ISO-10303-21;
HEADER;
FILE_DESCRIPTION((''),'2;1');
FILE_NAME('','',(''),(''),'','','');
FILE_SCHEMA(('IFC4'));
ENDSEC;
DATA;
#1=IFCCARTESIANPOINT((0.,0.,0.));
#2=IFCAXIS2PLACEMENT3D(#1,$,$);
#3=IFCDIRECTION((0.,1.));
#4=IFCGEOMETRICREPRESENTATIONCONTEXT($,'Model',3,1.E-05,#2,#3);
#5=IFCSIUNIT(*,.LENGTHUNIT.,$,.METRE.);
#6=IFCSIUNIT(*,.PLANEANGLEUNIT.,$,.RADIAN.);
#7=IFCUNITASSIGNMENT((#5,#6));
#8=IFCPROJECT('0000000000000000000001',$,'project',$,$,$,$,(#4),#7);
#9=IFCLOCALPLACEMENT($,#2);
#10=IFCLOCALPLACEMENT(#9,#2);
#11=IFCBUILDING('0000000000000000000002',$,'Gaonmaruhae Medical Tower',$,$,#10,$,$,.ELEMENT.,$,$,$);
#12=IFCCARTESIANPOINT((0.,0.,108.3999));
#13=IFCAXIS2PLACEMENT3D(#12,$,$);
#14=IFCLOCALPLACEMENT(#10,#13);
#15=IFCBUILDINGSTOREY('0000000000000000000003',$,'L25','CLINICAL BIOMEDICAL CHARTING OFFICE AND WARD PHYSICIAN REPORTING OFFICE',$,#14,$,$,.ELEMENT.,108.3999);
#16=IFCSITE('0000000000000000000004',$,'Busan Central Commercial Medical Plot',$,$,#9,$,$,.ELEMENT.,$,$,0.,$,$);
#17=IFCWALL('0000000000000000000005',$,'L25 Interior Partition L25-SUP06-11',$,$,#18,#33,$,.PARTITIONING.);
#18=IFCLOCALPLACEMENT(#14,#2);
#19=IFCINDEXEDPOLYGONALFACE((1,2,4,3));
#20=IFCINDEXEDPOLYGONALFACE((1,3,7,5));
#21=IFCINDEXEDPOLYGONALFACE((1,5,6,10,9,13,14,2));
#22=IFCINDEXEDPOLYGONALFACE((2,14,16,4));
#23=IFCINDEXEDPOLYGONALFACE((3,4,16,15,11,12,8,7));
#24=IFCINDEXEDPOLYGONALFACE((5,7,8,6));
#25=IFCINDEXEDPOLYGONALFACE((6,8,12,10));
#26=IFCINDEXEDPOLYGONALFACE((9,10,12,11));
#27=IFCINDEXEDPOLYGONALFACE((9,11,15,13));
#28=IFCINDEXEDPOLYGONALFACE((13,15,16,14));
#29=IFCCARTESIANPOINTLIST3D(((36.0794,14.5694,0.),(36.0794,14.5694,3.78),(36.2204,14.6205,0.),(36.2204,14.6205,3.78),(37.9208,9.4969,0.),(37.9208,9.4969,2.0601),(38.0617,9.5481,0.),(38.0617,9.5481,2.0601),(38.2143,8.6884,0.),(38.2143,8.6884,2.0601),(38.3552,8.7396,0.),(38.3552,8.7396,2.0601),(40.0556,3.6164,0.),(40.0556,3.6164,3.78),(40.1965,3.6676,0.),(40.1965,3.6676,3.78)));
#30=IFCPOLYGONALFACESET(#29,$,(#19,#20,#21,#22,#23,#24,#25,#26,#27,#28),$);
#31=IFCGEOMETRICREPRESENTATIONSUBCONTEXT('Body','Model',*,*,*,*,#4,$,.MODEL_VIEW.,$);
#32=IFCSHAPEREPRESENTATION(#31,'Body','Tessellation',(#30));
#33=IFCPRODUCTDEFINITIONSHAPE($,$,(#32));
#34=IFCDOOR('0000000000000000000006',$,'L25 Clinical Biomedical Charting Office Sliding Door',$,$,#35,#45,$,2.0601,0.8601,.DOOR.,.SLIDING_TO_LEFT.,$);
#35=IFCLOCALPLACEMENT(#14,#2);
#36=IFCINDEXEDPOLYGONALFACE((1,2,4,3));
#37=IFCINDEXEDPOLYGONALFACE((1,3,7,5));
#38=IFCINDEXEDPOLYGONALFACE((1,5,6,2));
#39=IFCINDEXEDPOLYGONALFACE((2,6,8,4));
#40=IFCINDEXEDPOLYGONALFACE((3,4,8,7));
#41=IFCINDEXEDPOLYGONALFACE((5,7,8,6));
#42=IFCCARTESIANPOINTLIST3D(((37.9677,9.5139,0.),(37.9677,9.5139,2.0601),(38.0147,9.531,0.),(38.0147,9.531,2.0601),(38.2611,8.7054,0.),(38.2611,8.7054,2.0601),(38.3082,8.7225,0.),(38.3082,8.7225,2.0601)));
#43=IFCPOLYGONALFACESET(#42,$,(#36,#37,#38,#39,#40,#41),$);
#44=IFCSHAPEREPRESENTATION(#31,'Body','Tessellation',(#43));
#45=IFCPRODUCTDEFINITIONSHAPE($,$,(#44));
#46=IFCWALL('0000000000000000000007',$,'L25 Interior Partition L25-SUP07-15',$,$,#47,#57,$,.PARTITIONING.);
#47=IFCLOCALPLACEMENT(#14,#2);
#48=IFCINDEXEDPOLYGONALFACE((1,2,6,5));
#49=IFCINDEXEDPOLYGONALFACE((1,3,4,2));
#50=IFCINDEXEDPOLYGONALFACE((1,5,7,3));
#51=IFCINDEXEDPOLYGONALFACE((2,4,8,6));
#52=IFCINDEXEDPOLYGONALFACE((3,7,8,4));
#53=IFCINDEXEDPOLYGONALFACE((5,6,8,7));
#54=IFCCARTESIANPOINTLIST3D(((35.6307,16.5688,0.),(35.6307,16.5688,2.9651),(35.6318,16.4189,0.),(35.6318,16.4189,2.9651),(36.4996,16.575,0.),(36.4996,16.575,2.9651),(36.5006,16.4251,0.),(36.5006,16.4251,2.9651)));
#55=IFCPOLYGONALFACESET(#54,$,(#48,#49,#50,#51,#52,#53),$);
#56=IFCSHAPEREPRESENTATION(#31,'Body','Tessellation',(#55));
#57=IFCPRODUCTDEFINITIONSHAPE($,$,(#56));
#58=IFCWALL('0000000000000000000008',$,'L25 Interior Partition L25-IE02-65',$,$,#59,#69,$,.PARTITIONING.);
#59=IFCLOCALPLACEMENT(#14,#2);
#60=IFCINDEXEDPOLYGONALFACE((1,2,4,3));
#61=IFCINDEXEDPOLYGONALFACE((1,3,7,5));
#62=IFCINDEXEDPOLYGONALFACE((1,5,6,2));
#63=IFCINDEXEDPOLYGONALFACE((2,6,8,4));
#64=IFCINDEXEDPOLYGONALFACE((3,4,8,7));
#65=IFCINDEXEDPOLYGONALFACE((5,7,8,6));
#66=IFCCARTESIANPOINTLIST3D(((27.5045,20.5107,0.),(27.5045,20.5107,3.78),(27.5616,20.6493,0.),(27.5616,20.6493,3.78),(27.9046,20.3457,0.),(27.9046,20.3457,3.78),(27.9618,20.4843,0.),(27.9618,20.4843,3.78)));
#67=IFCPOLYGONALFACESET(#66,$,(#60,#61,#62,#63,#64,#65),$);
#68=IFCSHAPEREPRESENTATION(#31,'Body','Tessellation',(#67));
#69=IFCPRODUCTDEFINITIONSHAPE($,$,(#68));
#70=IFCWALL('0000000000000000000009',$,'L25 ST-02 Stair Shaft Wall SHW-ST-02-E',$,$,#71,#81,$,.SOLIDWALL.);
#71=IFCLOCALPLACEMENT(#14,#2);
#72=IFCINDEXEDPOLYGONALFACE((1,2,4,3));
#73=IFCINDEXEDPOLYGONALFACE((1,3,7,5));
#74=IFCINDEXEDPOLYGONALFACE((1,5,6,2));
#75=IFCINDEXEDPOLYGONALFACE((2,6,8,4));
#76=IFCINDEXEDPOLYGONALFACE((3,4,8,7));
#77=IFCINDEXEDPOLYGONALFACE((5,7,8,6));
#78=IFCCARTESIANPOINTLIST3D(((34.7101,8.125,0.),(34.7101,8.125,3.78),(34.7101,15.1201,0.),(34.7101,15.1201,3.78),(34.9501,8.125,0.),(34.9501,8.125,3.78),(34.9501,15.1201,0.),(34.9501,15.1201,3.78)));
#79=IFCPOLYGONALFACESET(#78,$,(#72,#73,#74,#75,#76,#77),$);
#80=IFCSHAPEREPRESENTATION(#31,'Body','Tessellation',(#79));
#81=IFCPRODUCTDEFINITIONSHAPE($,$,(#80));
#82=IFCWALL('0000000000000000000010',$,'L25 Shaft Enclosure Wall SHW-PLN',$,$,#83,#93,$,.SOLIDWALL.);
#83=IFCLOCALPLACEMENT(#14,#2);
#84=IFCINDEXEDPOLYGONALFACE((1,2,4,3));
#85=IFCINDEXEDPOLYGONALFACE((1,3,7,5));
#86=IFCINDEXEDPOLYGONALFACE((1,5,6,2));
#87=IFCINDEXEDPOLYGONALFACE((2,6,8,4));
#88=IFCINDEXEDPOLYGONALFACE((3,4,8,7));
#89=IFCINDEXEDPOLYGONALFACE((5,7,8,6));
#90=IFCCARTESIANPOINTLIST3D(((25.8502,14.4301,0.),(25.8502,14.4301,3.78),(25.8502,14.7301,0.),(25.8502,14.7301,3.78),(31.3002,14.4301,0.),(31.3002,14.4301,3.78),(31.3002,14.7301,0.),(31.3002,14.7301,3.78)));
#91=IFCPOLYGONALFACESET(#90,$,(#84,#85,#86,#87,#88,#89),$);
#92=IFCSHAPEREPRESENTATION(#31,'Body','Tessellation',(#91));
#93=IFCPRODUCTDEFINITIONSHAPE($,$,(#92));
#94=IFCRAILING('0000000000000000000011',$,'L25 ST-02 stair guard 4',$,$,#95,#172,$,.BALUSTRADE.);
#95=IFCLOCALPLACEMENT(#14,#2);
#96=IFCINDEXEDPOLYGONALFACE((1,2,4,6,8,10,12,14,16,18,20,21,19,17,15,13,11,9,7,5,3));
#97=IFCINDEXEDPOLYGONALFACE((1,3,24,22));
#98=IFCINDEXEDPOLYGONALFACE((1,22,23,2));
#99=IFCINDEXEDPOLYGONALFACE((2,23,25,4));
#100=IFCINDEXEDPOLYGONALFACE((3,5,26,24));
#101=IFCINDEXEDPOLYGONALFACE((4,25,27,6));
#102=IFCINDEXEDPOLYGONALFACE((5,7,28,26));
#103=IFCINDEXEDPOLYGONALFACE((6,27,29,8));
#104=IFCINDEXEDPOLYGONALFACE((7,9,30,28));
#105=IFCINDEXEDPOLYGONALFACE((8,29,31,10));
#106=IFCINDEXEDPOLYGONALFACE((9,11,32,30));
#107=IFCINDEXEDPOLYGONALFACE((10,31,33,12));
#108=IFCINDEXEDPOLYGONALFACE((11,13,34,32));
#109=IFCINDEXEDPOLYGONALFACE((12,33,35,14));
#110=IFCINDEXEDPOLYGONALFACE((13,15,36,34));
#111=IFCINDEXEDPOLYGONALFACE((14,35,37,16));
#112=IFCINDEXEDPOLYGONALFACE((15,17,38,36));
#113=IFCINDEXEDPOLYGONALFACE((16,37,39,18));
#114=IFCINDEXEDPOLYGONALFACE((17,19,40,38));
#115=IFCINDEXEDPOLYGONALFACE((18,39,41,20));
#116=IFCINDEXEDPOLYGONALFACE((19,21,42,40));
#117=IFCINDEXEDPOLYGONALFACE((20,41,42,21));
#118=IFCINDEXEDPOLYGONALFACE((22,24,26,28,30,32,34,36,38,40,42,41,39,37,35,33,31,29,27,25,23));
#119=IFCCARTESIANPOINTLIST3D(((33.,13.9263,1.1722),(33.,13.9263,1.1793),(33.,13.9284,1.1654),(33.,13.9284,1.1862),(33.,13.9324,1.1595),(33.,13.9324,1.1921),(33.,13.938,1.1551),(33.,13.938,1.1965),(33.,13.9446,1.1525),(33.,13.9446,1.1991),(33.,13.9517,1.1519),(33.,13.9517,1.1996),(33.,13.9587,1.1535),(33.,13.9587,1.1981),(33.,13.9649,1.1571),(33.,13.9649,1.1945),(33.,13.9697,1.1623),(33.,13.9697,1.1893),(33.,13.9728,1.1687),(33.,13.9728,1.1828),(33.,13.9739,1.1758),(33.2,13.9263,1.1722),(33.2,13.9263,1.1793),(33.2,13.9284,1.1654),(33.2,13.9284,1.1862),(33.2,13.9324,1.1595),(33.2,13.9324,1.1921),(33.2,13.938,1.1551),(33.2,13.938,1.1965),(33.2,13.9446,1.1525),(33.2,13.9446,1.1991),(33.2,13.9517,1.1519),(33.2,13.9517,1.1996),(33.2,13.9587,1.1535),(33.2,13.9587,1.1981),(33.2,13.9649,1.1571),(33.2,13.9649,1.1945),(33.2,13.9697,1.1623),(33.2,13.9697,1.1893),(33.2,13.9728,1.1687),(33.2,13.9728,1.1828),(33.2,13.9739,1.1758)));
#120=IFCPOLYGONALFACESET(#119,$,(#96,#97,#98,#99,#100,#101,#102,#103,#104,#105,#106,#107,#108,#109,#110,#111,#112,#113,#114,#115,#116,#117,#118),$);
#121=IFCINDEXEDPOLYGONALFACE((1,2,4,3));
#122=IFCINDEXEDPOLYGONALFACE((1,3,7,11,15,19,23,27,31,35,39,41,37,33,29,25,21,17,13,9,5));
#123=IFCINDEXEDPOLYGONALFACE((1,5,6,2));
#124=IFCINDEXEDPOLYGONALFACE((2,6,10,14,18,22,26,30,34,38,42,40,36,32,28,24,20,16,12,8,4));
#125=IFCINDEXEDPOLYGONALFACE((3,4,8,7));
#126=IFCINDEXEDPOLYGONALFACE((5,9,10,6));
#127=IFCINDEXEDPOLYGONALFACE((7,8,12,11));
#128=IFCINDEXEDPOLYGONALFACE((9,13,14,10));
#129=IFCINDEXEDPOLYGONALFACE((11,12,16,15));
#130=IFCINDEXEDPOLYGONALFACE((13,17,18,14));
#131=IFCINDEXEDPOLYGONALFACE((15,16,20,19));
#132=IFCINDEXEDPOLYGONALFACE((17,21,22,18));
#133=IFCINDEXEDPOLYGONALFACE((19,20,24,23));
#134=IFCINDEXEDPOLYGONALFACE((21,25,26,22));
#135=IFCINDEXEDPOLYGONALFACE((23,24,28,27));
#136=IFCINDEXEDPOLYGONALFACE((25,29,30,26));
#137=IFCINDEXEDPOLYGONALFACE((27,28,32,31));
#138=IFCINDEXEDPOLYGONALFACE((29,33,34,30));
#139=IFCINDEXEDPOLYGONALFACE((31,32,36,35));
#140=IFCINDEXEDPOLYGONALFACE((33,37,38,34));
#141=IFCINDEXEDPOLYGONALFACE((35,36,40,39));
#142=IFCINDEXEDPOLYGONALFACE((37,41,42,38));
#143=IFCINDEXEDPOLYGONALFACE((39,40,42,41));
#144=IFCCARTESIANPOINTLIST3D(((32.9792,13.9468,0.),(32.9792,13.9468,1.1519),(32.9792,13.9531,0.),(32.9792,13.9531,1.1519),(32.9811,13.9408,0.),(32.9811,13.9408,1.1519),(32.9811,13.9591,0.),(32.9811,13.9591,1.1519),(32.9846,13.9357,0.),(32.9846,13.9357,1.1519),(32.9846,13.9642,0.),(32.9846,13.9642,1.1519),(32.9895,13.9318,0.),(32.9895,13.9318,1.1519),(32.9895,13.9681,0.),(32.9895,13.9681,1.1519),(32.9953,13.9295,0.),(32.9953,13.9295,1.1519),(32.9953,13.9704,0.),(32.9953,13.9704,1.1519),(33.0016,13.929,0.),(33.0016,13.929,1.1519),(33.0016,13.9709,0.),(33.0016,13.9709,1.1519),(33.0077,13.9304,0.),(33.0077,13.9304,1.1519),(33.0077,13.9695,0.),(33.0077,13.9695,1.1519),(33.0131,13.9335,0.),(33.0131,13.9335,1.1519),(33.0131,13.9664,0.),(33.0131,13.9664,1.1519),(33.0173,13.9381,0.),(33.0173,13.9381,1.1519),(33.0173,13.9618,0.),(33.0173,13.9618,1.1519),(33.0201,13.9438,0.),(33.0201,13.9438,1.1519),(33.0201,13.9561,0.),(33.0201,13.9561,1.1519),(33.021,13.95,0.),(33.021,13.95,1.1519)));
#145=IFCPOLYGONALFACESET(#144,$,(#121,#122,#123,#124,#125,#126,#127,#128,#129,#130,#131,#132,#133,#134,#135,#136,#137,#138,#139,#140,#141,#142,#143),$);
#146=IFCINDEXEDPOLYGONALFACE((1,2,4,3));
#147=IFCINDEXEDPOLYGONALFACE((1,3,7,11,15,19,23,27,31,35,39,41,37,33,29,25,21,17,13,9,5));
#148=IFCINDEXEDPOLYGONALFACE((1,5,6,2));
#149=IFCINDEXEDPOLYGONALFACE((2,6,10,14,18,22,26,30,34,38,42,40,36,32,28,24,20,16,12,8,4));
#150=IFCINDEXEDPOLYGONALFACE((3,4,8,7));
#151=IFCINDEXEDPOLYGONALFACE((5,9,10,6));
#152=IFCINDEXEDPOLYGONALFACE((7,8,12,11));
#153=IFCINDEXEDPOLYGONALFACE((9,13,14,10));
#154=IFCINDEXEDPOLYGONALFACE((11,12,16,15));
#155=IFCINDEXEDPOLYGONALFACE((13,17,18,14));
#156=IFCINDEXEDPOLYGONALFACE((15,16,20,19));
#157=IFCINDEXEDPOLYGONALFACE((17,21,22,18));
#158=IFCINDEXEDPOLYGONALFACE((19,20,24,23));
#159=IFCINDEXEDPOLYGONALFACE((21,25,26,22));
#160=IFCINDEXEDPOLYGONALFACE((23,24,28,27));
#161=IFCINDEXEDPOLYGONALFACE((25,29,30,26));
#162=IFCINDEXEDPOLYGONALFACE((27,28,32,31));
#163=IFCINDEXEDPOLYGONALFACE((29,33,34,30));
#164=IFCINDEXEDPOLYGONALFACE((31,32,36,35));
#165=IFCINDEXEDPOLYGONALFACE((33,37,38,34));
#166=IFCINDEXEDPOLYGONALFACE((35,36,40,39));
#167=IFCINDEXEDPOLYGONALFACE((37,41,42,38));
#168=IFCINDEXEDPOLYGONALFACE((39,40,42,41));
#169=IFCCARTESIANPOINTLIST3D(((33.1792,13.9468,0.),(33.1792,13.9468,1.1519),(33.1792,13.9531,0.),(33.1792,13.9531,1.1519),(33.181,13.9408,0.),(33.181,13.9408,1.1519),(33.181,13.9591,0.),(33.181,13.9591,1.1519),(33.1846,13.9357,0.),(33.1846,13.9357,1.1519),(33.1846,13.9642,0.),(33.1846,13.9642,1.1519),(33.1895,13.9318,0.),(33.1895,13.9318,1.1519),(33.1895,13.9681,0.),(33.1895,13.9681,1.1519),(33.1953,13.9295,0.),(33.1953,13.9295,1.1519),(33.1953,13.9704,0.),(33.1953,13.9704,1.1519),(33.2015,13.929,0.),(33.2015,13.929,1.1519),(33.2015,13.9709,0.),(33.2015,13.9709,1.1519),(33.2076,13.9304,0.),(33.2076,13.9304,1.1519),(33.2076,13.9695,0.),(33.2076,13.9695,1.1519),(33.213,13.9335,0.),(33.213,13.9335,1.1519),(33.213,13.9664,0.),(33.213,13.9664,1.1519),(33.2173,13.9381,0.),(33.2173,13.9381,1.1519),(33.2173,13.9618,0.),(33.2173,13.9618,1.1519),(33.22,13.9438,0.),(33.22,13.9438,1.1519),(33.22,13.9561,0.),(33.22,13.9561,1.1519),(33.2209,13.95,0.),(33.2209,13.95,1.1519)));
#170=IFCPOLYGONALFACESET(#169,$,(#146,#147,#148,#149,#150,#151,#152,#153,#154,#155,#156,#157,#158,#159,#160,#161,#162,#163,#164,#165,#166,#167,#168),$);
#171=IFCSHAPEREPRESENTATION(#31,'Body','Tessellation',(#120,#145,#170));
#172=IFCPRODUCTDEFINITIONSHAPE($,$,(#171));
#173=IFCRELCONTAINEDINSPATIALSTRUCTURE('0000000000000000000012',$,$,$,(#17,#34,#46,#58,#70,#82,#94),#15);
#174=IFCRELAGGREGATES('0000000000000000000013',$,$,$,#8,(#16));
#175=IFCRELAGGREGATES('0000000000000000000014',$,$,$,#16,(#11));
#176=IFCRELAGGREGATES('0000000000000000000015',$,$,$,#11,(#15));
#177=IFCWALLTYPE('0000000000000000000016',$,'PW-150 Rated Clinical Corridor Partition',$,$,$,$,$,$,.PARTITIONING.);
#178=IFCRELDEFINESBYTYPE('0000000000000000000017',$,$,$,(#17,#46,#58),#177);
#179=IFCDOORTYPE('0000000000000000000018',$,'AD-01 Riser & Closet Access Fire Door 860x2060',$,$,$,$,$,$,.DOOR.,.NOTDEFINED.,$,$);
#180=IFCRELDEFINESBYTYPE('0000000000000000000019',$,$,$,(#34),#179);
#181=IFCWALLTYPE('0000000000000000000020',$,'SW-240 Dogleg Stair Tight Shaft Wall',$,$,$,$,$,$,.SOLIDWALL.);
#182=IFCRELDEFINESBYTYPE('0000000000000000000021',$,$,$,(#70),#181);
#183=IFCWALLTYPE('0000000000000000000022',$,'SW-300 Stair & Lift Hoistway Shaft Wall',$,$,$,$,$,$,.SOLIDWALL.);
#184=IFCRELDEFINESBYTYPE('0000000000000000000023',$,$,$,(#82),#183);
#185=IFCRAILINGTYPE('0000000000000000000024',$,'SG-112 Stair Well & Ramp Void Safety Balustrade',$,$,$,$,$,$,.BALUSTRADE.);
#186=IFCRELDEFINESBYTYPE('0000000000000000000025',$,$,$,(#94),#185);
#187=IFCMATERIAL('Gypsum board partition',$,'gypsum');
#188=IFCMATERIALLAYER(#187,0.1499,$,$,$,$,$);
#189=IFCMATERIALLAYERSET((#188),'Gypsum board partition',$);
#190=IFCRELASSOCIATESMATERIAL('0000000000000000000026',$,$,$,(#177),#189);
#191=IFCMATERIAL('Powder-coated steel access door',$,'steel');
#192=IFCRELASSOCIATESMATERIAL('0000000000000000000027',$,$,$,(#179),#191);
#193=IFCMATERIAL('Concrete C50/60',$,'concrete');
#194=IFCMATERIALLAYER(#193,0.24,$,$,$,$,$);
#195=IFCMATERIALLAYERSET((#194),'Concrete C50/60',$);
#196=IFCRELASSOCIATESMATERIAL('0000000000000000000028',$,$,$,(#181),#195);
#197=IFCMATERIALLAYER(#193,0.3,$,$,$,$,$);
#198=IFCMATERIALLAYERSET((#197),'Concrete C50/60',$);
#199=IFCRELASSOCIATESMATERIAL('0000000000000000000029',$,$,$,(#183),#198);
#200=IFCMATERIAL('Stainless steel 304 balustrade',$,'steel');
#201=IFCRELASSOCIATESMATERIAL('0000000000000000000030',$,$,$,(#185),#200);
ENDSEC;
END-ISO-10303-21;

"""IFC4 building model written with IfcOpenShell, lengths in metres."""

from ifc_helpers import new_model, si_unit, direction, frame, frame_2d, origin, origin_2d, place, context, subcontext, project, spatial, rectangle, circle, extrude, material, layer, layer_set, type_object, element, fill, save


model = new_model("IFC4")

# Units and contexts
model_context = context("Model", 3, precision=1e-05, world=origin(), true_north=direction((0.0, 1.0)))
body_context = subcontext(model_context, "Body", "Model", "MODEL_VIEW")
ifc_project = project(units=[si_unit("LENGTHUNIT", "METRE"), si_unit("PLANEANGLEUNIT", "RADIAN")], contexts=[model_context])

# Site, building, storey
site_placement = place(None, origin())
site = spatial("IfcSite", under=ifc_project, at=site_placement, Name="Busan Central Commercial Medical Plot", CompositionType="ELEMENT", RefElevation=0.0)
building_placement = place(site_placement, origin())
building = spatial("IfcBuilding", under=site, at=building_placement, Name="Gaonmaruhae Medical Tower", CompositionType="ELEMENT")
storey_placement = place(building_placement, frame((0.0, 0.0, 108.3999)))
storey = spatial("IfcBuildingStorey", under=building, at=storey_placement, Name="L25", Description="CLINICAL BIOMEDICAL CHARTING OFFICE AND WARD PHYSICIAN REPORTING OFFICE", CompositionType="ELEMENT", Elevation=108.3999)

# Wall, opening, door
ifc_material_1 = material(Name="Gypsum board partition", Category="gypsum")
ifc_layer_1 = layer(ifc_material_1, 0.1499)
ifc_layer_set_1 = layer_set([ifc_layer_1], Name="Gypsum board partition")
wall_type_1 = type_object("IfcWallType", Name="PW-150 Rated Clinical Corridor Partition", PredefinedType="PARTITIONING", material=ifc_layer_set_1)
wall_1_placement = place(storey_placement, frame((36.1499, 14.595, 0.0), z_axis=(0.0, 0.0, 1.0), x_axis=(0.341228, -0.93998, 0.0)))
wall_1 = element("IfcWall", 1, at=wall_1_placement, inside=storey, type_object=wall_type_1, Name="L25 Interior Partition L25-SUP06-11", PredefinedType="PARTITIONING", context=body_context, shape_type="SweptSolid", body=[
    extrude(rectangle(XDim=11.6523, YDim=0.1499, at=frame_2d((5.8262, 0.0))), origin(), (0.0, 0.0, 1.0), 3.78),
])
opening_1_placement = place(wall_1_placement, frame((5.3962, 0.0, 0.0)))
opening_1 = element("IfcOpeningElement", 2, at=opening_1_placement, cuts=wall_1, PredefinedType="OPENING", context=body_context, shape_type="SweptSolid", body=[
    extrude(rectangle(XDim=0.8601, YDim=2.0601, at=frame_2d((0.4302, 1.03))), frame((0.0, 0.085, 0.0), z_axis=(0.0, -1.0, 0.0), x_axis=(1.0, 0.0, 0.0)), (0.0, 0.0, 1.0), 0.1699),
])
ifc_material_2 = material(Name="Powder-coated steel access door", Category="steel")
door_type_1 = type_object("IfcDoorType", Name="AD-01 Riser & Closet Access Fire Door 860x2060", OperationType="NOTDEFINED", PredefinedType="DOOR", material=ifc_material_2)
door_1_placement = place(opening_1_placement, origin())
door_1 = element("IfcDoor", 3, at=door_1_placement, inside=storey, type_object=door_type_1, Name="L25 Clinical Biomedical Charting Office Sliding Door", OperationType="SLIDING_TO_LEFT", OverallHeight=2.0601, OverallWidth=0.8601, PredefinedType="DOOR", context=body_context, shape_type="SweptSolid", body=[
    extrude(rectangle(XDim=0.8601, YDim=2.0601, at=frame_2d((0.4302, 1.03))), frame((0.0, 0.0249, 0.0), z_axis=(0.0, -1.0, 0.0), x_axis=(1.0, 0.0, 0.0)), (0.0, 0.0, 1.0), 0.05),
])
fill(opening_1, door_1)

# Wall
wall_2_placement = place(storey_placement, frame((35.6311, 16.4939, 0.0), z_axis=(0.0, 0.0, 1.0), x_axis=(0.999975, 0.007024, 0.0)))
element("IfcWall", 4, at=wall_2_placement, inside=storey, type_object=wall_type_1, Name="L25 Interior Partition L25-SUP07-15", PredefinedType="PARTITIONING", context=body_context, shape_type="SweptSolid", body=[
    extrude(rectangle(XDim=0.8689, YDim=0.1499, at=frame_2d((0.4346, 0.0))), origin(), (0.0, 0.0, 1.0), 2.9651),
])

# Wall
wall_3_placement = place(storey_placement, frame((27.9331, 20.415, 0.0), z_axis=(0.0, 0.0, 1.0), x_axis=(-0.924456, 0.381289, 0.0)))
element("IfcWall", 5, at=wall_3_placement, inside=storey, type_object=wall_type_1, Name="L25 Interior Partition L25-IE02-65", PredefinedType="PARTITIONING", context=body_context, shape_type="SweptSolid", body=[
    extrude(rectangle(XDim=0.4329, YDim=0.1499, at=frame_2d((0.2163, 0.0))), origin(), (0.0, 0.0, 1.0), 3.78),
])

# Shared definitions
ifc_material_3 = material(Name="Concrete C50/60", Category="concrete")
ifc_layer_2 = layer(ifc_material_3, 0.24)
ifc_layer_set_2 = layer_set([ifc_layer_2], Name="Concrete C50/60")
wall_type_2 = type_object("IfcWallType", Name="SW-240 Dogleg Stair Tight Shaft Wall", PredefinedType="SOLIDWALL", material=ifc_layer_set_2)

# Walls
wall_4_placement = place(storey_placement, frame((34.8301, 15.1201, 0.0), z_axis=(0.0, 0.0, 1.0), x_axis=(0.0, -1.0, 0.0)))
element("IfcWall", 6, at=wall_4_placement, inside=storey, type_object=wall_type_2, Name="L25 ST-02 Stair Shaft Wall SHW-ST-02-E", PredefinedType="SOLIDWALL", context=body_context, shape_type="SweptSolid", body=[
    extrude(rectangle(XDim=6.9951, YDim=0.24, at=frame_2d((3.4976, 0.0))), origin(), (0.0, 0.0, 1.0), 3.78),
])
ifc_layer_3 = layer(ifc_material_3, 0.3)
ifc_layer_set_3 = layer_set([ifc_layer_3], Name="Concrete C50/60")
wall_type_3 = type_object("IfcWallType", Name="SW-300 Stair & Lift Hoistway Shaft Wall", PredefinedType="SOLIDWALL", material=ifc_layer_set_3)
wall_5_placement = place(storey_placement, frame((25.8501, 14.5801, 0.0), z_axis=(0.0, 0.0, 1.0), x_axis=(1.0, 0.0, 0.0)))
element("IfcWall", 7, at=wall_5_placement, inside=storey, type_object=wall_type_3, Name="L25 Shaft Enclosure Wall SHW-PLN", PredefinedType="SOLIDWALL", context=body_context, shape_type="SweptSolid", body=[
    extrude(rectangle(XDim=5.45, YDim=0.3, at=frame_2d((2.7251, 0.0))), origin(), (0.0, 0.0, 1.0), 3.78),
])

# Railing
ifc_material_4 = material(Name="Stainless steel 304 balustrade", Category="steel")
railing_type = type_object("IfcRailingType", Name="SG-112 Stair Well & Ramp Void Safety Balustrade", PredefinedType="BALUSTRADE", material=ifc_material_4)
railing_1_placement = place(storey_placement, frame((33.0, 13.95, 0.0)))
element("IfcRailing", 8, at=railing_1_placement, inside=storey, type_object=railing_type, Name="L25 ST-02 stair guard 4", PredefinedType="BALUSTRADE", context=body_context, shape_type="SweptSolid", body=[
    extrude(circle(Radius=0.0239, at=origin_2d()), frame((0.0, 0.0, 1.1758), z_axis=(1.0, 0.0, 0.0), x_axis=(0.0, 1.0, 0.0)), (0.0, 0.0, 1.0), 0.2),
    extrude(circle(Radius=0.021, at=origin_2d()), origin(), (0.0, 0.0, 1.0), 1.1519),
    extrude(circle(Radius=0.021, at=origin_2d()), frame((0.2, 0.0, 0.0)), (0.0, 0.0, 1.0), 1.1519),
])

save(model, "model.ifc")
